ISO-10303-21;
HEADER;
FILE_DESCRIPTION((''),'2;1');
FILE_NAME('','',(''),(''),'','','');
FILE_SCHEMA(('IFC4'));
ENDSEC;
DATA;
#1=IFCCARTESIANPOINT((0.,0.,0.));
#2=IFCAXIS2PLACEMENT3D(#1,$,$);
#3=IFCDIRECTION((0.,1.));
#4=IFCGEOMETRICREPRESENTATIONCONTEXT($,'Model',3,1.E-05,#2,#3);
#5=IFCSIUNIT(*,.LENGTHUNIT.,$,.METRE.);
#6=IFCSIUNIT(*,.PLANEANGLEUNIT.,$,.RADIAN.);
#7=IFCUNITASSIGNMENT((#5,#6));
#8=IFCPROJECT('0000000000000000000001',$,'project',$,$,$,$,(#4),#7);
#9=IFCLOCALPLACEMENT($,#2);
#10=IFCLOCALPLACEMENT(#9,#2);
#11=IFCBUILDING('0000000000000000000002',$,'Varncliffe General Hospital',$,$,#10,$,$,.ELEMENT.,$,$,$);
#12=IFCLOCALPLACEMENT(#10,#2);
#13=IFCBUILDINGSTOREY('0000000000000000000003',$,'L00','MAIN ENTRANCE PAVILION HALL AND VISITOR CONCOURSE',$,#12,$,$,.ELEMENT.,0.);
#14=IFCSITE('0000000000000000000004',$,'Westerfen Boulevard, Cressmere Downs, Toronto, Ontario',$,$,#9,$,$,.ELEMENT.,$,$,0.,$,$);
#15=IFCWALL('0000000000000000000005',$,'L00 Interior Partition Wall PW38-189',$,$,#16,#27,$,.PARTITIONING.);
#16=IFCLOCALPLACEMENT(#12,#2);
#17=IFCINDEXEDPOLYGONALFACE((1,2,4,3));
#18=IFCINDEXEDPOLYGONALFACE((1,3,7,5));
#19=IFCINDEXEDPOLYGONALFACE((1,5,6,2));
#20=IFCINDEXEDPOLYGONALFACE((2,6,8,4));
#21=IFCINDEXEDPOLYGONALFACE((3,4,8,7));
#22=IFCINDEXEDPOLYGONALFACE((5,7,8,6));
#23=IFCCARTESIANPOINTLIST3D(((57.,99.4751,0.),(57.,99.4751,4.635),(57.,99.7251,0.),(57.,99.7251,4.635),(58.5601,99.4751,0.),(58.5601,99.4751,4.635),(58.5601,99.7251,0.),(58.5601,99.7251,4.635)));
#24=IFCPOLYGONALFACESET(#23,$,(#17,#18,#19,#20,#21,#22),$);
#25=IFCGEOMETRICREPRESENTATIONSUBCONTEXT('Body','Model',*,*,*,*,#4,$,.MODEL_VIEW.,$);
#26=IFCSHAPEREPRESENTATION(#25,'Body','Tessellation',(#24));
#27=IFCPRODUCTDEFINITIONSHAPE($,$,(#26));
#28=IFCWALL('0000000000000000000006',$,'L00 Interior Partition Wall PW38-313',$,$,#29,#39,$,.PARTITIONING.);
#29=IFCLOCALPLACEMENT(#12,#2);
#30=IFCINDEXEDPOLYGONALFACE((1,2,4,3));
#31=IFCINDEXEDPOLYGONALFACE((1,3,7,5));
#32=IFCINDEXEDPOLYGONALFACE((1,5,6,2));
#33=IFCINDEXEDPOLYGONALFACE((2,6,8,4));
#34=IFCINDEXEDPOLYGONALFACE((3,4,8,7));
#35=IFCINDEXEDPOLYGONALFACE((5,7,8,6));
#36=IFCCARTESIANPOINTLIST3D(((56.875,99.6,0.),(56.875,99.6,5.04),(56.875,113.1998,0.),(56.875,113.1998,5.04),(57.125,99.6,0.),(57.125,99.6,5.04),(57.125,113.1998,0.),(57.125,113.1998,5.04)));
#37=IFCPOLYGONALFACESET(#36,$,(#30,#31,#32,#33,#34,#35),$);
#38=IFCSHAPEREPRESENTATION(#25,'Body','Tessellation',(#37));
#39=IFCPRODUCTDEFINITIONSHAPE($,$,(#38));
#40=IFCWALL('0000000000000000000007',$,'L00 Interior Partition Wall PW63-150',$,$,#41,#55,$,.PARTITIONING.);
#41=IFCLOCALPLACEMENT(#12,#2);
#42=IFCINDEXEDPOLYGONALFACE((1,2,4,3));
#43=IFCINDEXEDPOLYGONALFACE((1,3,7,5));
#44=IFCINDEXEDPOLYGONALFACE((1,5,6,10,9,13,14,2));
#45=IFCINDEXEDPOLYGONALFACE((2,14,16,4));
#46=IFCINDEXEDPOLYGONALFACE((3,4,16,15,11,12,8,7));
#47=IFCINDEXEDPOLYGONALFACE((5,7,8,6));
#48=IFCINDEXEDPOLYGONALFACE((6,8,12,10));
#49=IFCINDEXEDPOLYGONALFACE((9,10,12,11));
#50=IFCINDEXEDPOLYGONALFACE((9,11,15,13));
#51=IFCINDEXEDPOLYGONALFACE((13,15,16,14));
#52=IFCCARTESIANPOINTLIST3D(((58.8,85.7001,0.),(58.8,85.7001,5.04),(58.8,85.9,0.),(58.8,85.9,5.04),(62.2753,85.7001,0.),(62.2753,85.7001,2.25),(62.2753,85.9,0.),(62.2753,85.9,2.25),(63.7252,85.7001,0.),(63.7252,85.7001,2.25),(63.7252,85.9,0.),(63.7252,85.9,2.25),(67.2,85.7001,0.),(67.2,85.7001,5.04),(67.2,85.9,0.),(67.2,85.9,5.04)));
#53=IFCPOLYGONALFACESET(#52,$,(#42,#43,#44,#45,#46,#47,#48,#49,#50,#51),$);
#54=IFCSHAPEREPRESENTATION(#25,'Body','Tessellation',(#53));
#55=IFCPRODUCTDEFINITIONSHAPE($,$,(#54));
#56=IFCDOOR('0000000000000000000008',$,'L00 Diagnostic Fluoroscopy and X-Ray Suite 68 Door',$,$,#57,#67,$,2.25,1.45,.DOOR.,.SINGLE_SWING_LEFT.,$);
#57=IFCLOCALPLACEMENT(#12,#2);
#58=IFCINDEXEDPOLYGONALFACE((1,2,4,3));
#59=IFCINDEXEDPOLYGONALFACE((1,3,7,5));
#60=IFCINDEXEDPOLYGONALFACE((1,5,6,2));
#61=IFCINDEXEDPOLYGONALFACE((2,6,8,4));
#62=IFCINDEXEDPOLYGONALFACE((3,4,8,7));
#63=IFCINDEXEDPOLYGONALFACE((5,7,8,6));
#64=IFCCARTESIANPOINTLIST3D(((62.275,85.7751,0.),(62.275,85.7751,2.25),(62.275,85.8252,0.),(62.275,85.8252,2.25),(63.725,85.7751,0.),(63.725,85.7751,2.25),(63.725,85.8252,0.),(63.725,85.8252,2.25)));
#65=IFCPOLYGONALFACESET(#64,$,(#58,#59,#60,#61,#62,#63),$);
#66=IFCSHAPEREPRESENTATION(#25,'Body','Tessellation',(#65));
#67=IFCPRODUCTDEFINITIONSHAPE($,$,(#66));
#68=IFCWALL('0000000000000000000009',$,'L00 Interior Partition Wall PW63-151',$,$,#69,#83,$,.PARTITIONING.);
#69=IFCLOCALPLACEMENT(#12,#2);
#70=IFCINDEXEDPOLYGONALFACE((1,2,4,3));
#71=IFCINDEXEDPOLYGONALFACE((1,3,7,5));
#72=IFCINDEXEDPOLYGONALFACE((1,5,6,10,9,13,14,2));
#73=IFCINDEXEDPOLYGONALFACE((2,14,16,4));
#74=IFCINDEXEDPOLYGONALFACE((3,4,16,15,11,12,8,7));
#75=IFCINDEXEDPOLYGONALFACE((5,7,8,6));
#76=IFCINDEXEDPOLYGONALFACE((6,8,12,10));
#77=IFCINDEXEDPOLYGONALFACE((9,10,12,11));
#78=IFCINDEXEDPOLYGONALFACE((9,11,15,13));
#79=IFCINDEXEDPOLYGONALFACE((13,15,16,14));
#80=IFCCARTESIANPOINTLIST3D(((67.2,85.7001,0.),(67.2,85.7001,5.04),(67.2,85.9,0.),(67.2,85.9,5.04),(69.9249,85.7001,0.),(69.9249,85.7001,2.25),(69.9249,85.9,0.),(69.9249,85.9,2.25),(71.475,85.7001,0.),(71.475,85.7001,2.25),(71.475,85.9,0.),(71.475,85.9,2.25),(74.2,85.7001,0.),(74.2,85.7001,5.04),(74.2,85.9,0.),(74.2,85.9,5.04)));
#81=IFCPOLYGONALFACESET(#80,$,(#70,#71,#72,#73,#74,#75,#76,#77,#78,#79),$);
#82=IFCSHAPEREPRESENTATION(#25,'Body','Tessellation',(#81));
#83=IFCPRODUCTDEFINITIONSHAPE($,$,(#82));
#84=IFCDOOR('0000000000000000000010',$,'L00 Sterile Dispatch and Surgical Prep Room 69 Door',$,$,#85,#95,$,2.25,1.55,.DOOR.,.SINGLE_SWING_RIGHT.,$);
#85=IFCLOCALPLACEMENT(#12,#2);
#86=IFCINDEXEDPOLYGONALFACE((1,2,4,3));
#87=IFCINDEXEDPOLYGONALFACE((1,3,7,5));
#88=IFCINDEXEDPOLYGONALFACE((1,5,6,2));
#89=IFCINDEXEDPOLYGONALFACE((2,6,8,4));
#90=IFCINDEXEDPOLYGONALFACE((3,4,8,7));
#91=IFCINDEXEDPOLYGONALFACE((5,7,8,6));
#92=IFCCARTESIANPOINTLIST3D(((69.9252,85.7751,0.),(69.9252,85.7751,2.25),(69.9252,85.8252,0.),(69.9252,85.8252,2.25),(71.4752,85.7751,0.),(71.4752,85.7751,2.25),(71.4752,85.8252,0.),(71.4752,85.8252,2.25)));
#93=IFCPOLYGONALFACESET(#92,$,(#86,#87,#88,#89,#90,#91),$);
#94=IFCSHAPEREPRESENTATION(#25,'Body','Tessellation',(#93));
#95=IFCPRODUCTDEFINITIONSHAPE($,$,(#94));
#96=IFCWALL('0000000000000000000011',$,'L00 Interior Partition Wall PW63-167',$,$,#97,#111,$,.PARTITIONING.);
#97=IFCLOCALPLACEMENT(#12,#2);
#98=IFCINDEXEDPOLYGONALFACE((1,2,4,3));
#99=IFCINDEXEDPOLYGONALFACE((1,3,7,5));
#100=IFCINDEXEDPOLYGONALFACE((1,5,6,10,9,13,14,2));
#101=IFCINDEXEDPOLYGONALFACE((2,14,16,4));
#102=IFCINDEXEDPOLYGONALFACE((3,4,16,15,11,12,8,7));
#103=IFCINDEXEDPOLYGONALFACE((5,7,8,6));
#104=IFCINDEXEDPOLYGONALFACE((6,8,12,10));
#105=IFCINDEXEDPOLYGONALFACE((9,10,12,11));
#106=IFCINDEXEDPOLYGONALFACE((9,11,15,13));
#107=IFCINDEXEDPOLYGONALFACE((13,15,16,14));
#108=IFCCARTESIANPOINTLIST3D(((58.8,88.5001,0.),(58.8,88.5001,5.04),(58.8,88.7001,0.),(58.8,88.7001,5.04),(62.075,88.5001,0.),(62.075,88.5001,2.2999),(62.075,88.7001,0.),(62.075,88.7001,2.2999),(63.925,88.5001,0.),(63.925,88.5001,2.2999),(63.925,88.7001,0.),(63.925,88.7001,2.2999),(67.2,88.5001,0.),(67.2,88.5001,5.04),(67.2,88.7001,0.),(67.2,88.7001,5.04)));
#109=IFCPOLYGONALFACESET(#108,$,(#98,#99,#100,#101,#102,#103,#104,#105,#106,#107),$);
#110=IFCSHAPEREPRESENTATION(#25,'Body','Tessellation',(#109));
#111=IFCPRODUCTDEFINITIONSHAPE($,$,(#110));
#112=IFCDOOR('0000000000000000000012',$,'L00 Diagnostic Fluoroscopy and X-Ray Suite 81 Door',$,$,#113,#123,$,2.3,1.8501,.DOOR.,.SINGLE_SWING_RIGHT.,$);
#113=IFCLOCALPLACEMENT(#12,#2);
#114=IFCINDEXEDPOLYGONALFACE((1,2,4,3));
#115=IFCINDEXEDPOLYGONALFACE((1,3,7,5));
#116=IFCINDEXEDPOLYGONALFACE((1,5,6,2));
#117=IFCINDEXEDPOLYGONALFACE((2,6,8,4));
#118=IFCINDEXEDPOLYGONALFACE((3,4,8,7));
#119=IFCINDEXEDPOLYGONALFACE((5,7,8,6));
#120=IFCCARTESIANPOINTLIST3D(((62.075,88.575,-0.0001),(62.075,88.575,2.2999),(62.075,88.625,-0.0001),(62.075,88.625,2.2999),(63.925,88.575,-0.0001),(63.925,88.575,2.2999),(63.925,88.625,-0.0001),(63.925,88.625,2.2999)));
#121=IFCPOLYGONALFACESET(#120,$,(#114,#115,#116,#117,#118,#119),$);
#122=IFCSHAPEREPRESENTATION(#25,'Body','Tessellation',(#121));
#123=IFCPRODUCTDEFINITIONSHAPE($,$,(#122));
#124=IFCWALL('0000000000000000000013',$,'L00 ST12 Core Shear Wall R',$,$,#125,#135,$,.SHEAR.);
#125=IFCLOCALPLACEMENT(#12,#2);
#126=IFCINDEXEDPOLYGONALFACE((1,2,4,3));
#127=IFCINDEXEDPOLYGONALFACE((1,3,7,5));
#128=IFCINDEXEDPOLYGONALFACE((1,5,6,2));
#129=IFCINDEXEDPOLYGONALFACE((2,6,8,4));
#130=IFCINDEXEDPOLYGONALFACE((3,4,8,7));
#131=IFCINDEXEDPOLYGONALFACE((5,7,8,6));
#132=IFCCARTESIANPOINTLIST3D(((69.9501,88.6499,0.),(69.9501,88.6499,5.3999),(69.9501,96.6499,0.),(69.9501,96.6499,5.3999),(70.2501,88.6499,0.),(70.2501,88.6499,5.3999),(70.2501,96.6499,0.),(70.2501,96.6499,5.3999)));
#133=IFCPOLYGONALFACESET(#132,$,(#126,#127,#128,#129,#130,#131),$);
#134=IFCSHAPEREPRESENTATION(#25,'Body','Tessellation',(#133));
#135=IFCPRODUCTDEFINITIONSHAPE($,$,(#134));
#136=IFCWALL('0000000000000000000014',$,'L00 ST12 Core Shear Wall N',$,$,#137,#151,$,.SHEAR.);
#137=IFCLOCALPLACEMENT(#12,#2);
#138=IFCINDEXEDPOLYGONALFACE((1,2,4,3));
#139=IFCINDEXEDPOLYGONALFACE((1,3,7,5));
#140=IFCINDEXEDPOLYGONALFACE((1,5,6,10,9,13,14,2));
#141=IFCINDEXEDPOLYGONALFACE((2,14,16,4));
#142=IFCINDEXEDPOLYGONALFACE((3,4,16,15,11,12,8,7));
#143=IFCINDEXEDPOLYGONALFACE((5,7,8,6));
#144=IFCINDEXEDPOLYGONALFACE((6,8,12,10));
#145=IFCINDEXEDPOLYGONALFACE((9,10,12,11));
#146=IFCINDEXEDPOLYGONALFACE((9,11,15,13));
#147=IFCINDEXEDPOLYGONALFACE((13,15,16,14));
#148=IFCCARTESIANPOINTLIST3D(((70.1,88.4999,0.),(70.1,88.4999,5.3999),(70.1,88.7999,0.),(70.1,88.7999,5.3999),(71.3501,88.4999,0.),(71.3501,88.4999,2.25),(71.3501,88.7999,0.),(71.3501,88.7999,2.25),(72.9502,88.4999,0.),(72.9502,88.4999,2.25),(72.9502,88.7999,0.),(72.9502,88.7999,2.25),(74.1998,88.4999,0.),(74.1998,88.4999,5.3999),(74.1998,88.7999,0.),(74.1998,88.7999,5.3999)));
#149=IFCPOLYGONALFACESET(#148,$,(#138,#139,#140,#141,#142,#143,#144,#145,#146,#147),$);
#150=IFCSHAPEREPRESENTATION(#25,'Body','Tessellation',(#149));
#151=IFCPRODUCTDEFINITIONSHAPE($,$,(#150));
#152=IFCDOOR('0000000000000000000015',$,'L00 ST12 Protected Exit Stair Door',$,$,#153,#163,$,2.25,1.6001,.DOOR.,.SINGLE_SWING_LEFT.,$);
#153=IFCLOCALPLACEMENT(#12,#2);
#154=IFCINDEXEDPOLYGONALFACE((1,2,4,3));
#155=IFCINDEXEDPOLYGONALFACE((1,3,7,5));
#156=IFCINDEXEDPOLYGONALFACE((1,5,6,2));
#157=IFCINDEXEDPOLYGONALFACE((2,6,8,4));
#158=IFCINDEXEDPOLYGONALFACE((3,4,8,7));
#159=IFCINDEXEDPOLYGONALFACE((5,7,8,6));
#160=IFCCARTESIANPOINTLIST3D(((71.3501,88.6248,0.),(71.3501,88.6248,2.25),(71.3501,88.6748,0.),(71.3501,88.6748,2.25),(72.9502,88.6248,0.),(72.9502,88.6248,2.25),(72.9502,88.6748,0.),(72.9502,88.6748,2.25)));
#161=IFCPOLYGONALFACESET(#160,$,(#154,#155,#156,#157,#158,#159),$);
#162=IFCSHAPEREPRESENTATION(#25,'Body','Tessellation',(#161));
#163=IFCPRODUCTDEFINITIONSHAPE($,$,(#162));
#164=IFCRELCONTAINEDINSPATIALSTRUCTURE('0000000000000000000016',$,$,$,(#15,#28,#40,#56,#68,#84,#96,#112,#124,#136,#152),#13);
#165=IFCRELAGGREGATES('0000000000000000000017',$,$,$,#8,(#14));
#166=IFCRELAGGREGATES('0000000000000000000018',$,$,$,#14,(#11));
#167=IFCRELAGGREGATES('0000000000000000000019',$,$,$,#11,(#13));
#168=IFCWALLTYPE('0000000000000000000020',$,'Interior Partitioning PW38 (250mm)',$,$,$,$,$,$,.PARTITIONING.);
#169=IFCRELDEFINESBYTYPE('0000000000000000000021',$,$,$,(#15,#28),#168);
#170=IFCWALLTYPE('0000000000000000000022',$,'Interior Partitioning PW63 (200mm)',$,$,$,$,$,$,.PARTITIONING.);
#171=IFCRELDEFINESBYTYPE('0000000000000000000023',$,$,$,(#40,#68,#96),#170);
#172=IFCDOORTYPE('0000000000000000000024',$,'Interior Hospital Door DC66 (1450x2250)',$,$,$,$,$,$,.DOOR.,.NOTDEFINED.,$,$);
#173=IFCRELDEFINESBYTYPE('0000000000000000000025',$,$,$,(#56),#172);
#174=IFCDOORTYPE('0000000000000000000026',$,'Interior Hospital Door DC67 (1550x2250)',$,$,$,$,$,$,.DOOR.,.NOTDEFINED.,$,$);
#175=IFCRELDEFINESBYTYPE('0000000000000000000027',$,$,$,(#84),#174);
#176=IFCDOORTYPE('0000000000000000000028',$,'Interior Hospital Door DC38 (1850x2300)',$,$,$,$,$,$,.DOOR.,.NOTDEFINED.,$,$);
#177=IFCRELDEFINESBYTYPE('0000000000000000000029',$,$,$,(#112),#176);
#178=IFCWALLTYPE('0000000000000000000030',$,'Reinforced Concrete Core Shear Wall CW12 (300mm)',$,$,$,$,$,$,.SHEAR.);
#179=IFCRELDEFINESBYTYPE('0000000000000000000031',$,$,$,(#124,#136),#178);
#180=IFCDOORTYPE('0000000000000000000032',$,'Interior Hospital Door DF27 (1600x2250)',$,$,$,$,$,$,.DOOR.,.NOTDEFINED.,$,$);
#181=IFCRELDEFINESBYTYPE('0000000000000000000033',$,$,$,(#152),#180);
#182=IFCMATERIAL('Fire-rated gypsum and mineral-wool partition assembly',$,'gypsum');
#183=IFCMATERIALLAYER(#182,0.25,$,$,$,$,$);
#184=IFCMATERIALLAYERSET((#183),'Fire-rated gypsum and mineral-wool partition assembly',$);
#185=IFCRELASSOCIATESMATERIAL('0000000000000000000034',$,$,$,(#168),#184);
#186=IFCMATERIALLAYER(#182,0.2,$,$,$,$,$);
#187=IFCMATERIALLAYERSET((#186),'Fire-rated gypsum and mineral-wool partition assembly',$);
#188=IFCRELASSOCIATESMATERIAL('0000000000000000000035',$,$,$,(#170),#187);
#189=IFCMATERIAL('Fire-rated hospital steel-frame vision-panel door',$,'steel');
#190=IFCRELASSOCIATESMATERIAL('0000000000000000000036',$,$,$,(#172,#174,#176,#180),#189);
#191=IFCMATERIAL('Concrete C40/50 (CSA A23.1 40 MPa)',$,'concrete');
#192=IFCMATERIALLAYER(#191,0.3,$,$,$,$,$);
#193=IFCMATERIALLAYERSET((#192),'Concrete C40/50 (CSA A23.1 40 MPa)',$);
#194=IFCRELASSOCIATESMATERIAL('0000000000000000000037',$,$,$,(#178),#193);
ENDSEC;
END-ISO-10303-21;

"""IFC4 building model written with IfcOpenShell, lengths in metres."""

from ifc_helpers import new_model, si_unit, direction, frame, frame_2d, origin, place, context, subcontext, project, spatial, rectangle, extrude, material, layer, layer_set, type_object, element, fill, save


model = new_model("IFC4")

# Units and contexts
model_context = context("Model", 3, precision=1e-05, world=origin(), true_north=direction((0.0, 1.0)))
body_context = subcontext(model_context, "Body", "Model", "MODEL_VIEW")
ifc_project = project(units=[si_unit("LENGTHUNIT", "METRE"), si_unit("PLANEANGLEUNIT", "RADIAN")], contexts=[model_context])

# Site, building, storey
site_placement = place(None, origin())
site = spatial("IfcSite", under=ifc_project, at=site_placement, Name="Westerfen Boulevard, Cressmere Downs, Toronto, Ontario", CompositionType="ELEMENT", RefElevation=0.0)
building_placement = place(site_placement, origin())
building = spatial("IfcBuilding", under=site, at=building_placement, Name="Varncliffe General Hospital", CompositionType="ELEMENT")
storey_placement = place(building_placement, origin())
storey = spatial("IfcBuildingStorey", under=building, at=storey_placement, Name="L00", Description="MAIN ENTRANCE PAVILION HALL AND VISITOR CONCOURSE", CompositionType="ELEMENT", Elevation=0.0)

# Shared definitions
ifc_material_1 = material(Name="Concrete C40/50 (CSA A23.1 40 MPa)", Category="concrete")

# Walls
ifc_material_2 = material(Name="Fire-rated gypsum and mineral-wool partition assembly", Category="gypsum")
ifc_layer_1 = layer(ifc_material_2, 0.25)
ifc_layer_set_1 = layer_set([ifc_layer_1], Name="Fire-rated gypsum and mineral-wool partition assembly")
wall_type_1 = type_object("IfcWallType", Name="Interior Partitioning PW38 (250mm)", PredefinedType="PARTITIONING", material=ifc_layer_set_1)
wall_1_placement = place(storey_placement, frame((57.0, 99.6001, 0.0), z_axis=(0.0, 0.0, 1.0), x_axis=(1.0, 0.0, 0.0)))
element("IfcWall", 1, at=wall_1_placement, inside=storey, type_object=wall_type_1, Name="L00 Interior Partition Wall PW38-189", PredefinedType="PARTITIONING", context=body_context, shape_type="SweptSolid", body=[
    extrude(rectangle(XDim=1.5601, YDim=0.25, at=frame_2d((0.78, 0.0))), origin(), (0.0, 0.0, 1.0), 4.635),
])
wall_2_placement = place(storey_placement, frame((57.0, 99.6001, 0.0), z_axis=(0.0, 0.0, 1.0), x_axis=(0.0, 1.0, 0.0)))
element("IfcWall", 2, at=wall_2_placement, inside=storey, type_object=wall_type_1, Name="L00 Interior Partition Wall PW38-313", PredefinedType="PARTITIONING", context=body_context, shape_type="SweptSolid", body=[
    extrude(rectangle(XDim=13.5999, YDim=0.25, at=frame_2d((6.7998, 0.0))), origin(), (0.0, 0.0, 1.0), 5.04),
])

# Walls, openings, doors
ifc_layer_2 = layer(ifc_material_2, 0.2)
ifc_layer_set_2 = layer_set([ifc_layer_2], Name="Fire-rated gypsum and mineral-wool partition assembly")
wall_type_2 = type_object("IfcWallType", Name="Interior Partitioning PW63 (200mm)", PredefinedType="PARTITIONING", material=ifc_layer_set_2)
wall_3_placement = place(storey_placement, frame((58.8, 85.8, 0.0), z_axis=(0.0, 0.0, 1.0), x_axis=(1.0, 0.0, 0.0)))
wall_3 = element("IfcWall", 3, at=wall_3_placement, inside=storey, type_object=wall_type_2, Name="L00 Interior Partition Wall PW63-150", PredefinedType="PARTITIONING", context=body_context, shape_type="SweptSolid", body=[
    extrude(rectangle(XDim=8.3999, YDim=0.2, at=frame_2d((4.2, 0.0))), origin(), (0.0, 0.0, 1.0), 5.04),
])
opening_1_placement = place(wall_3_placement, frame((3.4751, 0.0, 0.0)))
opening_1 = element("IfcOpeningElement", 4, at=opening_1_placement, cuts=wall_3, PredefinedType="OPENING", context=body_context, shape_type="SweptSolid", body=[
    extrude(rectangle(XDim=1.45, YDim=2.25, at=frame_2d((0.7251, 1.125))), frame((0.0, 0.1099, 0.0), z_axis=(0.0, -1.0, 0.0), x_axis=(1.0, 0.0, 0.0)), (0.0, 0.0, 1.0), 0.22),
])
ifc_material_3 = material(Name="Fire-rated hospital steel-frame vision-panel door", Category="steel")
door_type_1 = type_object("IfcDoorType", Name="Interior Hospital Door DC66 (1450x2250)", OperationType="NOTDEFINED", PredefinedType="DOOR", material=ifc_material_3)
door_1_placement = place(opening_1_placement, frame((1.45, 0.0, 0.0), z_axis=(0.0, 0.0, 1.0), x_axis=(-1.0, 0.0, 0.0)))
door_1 = element("IfcDoor", 5, at=door_1_placement, inside=storey, type_object=door_type_1, Name="L00 Diagnostic Fluoroscopy and X-Ray Suite 68 Door", OperationType="SINGLE_SWING_LEFT", OverallHeight=2.25, OverallWidth=1.45, PredefinedType="DOOR", context=body_context, shape_type="SweptSolid", body=[
    extrude(rectangle(XDim=1.45, YDim=2.25, at=frame_2d((0.7251, 1.125))), frame((0.0, 0.0249, 0.0), z_axis=(0.0, -1.0, 0.0), x_axis=(1.0, 0.0, 0.0)), (0.0, 0.0, 1.0), 0.05),
])
fill(opening_1, door_1)
wall_4_placement = place(storey_placement, frame((67.2, 85.8, 0.0), z_axis=(0.0, 0.0, 1.0), x_axis=(1.0, 0.0, 0.0)))
wall_4 = element("IfcWall", 6, at=wall_4_placement, inside=storey, type_object=wall_type_2, Name="L00 Interior Partition Wall PW63-151", PredefinedType="PARTITIONING", context=body_context, shape_type="SweptSolid", body=[
    extrude(rectangle(XDim=7.0, YDim=0.2, at=frame_2d((3.5, 0.0))), origin(), (0.0, 0.0, 1.0), 5.04),
])
opening_2_placement = place(wall_4_placement, frame((2.7251, 0.0, 0.0)))
opening_2 = element("IfcOpeningElement", 7, at=opening_2_placement, cuts=wall_4, PredefinedType="OPENING", context=body_context, shape_type="SweptSolid", body=[
    extrude(rectangle(XDim=1.55, YDim=2.25, at=frame_2d((0.7749, 1.125))), frame((0.0, 0.1099, 0.0), z_axis=(0.0, -1.0, 0.0), x_axis=(1.0, 0.0, 0.0)), (0.0, 0.0, 1.0), 0.22),
])
door_type_2 = type_object("IfcDoorType", Name="Interior Hospital Door DC67 (1550x2250)", OperationType="NOTDEFINED", PredefinedType="DOOR", material=ifc_material_3)
door_2_placement = place(opening_2_placement, frame((1.55, 0.0, 0.0), z_axis=(0.0, 0.0, 1.0), x_axis=(-1.0, 0.0, 0.0)))
door_2 = element("IfcDoor", 8, at=door_2_placement, inside=storey, type_object=door_type_2, Name="L00 Sterile Dispatch and Surgical Prep Room 69 Door", OperationType="SINGLE_SWING_RIGHT", OverallHeight=2.25, OverallWidth=1.55, PredefinedType="DOOR", context=body_context, shape_type="SweptSolid", body=[
    extrude(rectangle(XDim=1.55, YDim=2.25, at=frame_2d((0.7749, 1.125))), frame((0.0, 0.0249, 0.0), z_axis=(0.0, -1.0, 0.0), x_axis=(1.0, 0.0, 0.0)), (0.0, 0.0, 1.0), 0.05),
])
fill(opening_2, door_2)
wall_5_placement = place(storey_placement, frame((58.8, 88.6001, 0.0), z_axis=(0.0, 0.0, 1.0), x_axis=(1.0, 0.0, 0.0)))
wall_5 = element("IfcWall", 9, at=wall_5_placement, inside=storey, type_object=wall_type_2, Name="L00 Interior Partition Wall PW63-167", PredefinedType="PARTITIONING", context=body_context, shape_type="SweptSolid", body=[
    extrude(rectangle(XDim=8.3999, YDim=0.2, at=frame_2d((4.2, 0.0))), origin(), (0.0, 0.0, 1.0), 5.04),
])
opening_3_placement = place(wall_5_placement, frame((3.2749, 0.0, 0.0)))
opening_3 = element("IfcOpeningElement", 10, at=opening_3_placement, cuts=wall_5, PredefinedType="OPENING", context=body_context, shape_type="SweptSolid", body=[
    extrude(rectangle(XDim=1.8501, YDim=2.3, at=frame_2d((0.925, 1.1499))), frame((0.0, 0.1099, 0.0), z_axis=(0.0, -1.0, 0.0), x_axis=(1.0, 0.0, 0.0)), (0.0, 0.0, 1.0), 0.22),
])
door_type_3 = type_object("IfcDoorType", Name="Interior Hospital Door DC38 (1850x2300)", OperationType="NOTDEFINED", PredefinedType="DOOR", material=ifc_material_3)
door_3_placement = place(opening_3_placement, origin())
door_3 = element("IfcDoor", 11, at=door_3_placement, inside=storey, type_object=door_type_3, Name="L00 Diagnostic Fluoroscopy and X-Ray Suite 81 Door", OperationType="SINGLE_SWING_RIGHT", OverallHeight=2.3, OverallWidth=1.8501, PredefinedType="DOOR", context=body_context, shape_type="SweptSolid", body=[
    extrude(rectangle(XDim=1.8501, YDim=2.3, at=frame_2d((0.925, 1.1499))), frame((0.0, 0.0249, 0.0), z_axis=(0.0, -1.0, 0.0), x_axis=(1.0, 0.0, 0.0)), (0.0, 0.0, 1.0), 0.05),
])
fill(opening_3, door_3)

# Wall
ifc_layer_3 = layer(ifc_material_1, 0.3)
ifc_layer_set_3 = layer_set([ifc_layer_3], Name="Concrete C40/50 (CSA A23.1 40 MPa)")
wall_type_3 = type_object("IfcWallType", Name="Reinforced Concrete Core Shear Wall CW12 (300mm)", PredefinedType="SHEAR", material=ifc_layer_set_3)
wall_6_placement = place(storey_placement, frame((70.1001, 96.6499, 0.0), z_axis=(0.0, 0.0, 1.0), x_axis=(0.0, -1.0, 0.0)))
element("IfcWall", 12, at=wall_6_placement, inside=storey, type_object=wall_type_3, Name="L00 ST12 Core Shear Wall R", PredefinedType="SHEAR", context=body_context, shape_type="SweptSolid", body=[
    extrude(rectangle(XDim=8.0, YDim=0.3, at=frame_2d((4.0, 0.0))), origin(), (0.0, 0.0, 1.0), 5.3999),
])

# Wall, opening, door
wall_7_placement = place(storey_placement, frame((70.1001, 88.6499, 0.0), z_axis=(0.0, 0.0, 1.0), x_axis=(1.0, 0.0, 0.0)))
wall_7 = element("IfcWall", 13, at=wall_7_placement, inside=storey, type_object=wall_type_3, Name="L00 ST12 Core Shear Wall N", PredefinedType="SHEAR", context=body_context, shape_type="SweptSolid", body=[
    extrude(rectangle(XDim=4.0999, YDim=0.3, at=frame_2d((2.0498, 0.0))), origin(), (0.0, 0.0, 1.0), 5.3999),
])
opening_4_placement = place(wall_7_placement, frame((1.25, 0.0, 0.0)))
opening_4 = element("IfcOpeningElement", 14, at=opening_4_placement, cuts=wall_7, PredefinedType="OPENING", context=body_context, shape_type="SweptSolid", body=[
    extrude(rectangle(XDim=1.6001, YDim=2.25, at=frame_2d((0.8, 1.125))), frame((0.0, 0.1602, 0.0), z_axis=(0.0, -1.0, 0.0), x_axis=(1.0, 0.0, 0.0)), (0.0, 0.0, 1.0), 0.3201),
])
door_type_4 = type_object("IfcDoorType", Name="Interior Hospital Door DF27 (1600x2250)", OperationType="NOTDEFINED", PredefinedType="DOOR", material=ifc_material_3)
door_4_placement = place(opening_4_placement, origin())
door_4 = element("IfcDoor", 15, at=door_4_placement, inside=storey, type_object=door_type_4, Name="L00 ST12 Protected Exit Stair Door", OperationType="SINGLE_SWING_LEFT", OverallHeight=2.25, OverallWidth=1.6001, PredefinedType="DOOR", context=body_context, shape_type="SweptSolid", body=[
    extrude(rectangle(XDim=1.6001, YDim=2.25, at=frame_2d((0.8, 1.125))), frame((0.0, 0.0249, 0.0), z_axis=(0.0, -1.0, 0.0), x_axis=(1.0, 0.0, 0.0)), (0.0, 0.0, 1.0), 0.05),
])
fill(opening_4, door_4)

save(model, "model.ifc")
